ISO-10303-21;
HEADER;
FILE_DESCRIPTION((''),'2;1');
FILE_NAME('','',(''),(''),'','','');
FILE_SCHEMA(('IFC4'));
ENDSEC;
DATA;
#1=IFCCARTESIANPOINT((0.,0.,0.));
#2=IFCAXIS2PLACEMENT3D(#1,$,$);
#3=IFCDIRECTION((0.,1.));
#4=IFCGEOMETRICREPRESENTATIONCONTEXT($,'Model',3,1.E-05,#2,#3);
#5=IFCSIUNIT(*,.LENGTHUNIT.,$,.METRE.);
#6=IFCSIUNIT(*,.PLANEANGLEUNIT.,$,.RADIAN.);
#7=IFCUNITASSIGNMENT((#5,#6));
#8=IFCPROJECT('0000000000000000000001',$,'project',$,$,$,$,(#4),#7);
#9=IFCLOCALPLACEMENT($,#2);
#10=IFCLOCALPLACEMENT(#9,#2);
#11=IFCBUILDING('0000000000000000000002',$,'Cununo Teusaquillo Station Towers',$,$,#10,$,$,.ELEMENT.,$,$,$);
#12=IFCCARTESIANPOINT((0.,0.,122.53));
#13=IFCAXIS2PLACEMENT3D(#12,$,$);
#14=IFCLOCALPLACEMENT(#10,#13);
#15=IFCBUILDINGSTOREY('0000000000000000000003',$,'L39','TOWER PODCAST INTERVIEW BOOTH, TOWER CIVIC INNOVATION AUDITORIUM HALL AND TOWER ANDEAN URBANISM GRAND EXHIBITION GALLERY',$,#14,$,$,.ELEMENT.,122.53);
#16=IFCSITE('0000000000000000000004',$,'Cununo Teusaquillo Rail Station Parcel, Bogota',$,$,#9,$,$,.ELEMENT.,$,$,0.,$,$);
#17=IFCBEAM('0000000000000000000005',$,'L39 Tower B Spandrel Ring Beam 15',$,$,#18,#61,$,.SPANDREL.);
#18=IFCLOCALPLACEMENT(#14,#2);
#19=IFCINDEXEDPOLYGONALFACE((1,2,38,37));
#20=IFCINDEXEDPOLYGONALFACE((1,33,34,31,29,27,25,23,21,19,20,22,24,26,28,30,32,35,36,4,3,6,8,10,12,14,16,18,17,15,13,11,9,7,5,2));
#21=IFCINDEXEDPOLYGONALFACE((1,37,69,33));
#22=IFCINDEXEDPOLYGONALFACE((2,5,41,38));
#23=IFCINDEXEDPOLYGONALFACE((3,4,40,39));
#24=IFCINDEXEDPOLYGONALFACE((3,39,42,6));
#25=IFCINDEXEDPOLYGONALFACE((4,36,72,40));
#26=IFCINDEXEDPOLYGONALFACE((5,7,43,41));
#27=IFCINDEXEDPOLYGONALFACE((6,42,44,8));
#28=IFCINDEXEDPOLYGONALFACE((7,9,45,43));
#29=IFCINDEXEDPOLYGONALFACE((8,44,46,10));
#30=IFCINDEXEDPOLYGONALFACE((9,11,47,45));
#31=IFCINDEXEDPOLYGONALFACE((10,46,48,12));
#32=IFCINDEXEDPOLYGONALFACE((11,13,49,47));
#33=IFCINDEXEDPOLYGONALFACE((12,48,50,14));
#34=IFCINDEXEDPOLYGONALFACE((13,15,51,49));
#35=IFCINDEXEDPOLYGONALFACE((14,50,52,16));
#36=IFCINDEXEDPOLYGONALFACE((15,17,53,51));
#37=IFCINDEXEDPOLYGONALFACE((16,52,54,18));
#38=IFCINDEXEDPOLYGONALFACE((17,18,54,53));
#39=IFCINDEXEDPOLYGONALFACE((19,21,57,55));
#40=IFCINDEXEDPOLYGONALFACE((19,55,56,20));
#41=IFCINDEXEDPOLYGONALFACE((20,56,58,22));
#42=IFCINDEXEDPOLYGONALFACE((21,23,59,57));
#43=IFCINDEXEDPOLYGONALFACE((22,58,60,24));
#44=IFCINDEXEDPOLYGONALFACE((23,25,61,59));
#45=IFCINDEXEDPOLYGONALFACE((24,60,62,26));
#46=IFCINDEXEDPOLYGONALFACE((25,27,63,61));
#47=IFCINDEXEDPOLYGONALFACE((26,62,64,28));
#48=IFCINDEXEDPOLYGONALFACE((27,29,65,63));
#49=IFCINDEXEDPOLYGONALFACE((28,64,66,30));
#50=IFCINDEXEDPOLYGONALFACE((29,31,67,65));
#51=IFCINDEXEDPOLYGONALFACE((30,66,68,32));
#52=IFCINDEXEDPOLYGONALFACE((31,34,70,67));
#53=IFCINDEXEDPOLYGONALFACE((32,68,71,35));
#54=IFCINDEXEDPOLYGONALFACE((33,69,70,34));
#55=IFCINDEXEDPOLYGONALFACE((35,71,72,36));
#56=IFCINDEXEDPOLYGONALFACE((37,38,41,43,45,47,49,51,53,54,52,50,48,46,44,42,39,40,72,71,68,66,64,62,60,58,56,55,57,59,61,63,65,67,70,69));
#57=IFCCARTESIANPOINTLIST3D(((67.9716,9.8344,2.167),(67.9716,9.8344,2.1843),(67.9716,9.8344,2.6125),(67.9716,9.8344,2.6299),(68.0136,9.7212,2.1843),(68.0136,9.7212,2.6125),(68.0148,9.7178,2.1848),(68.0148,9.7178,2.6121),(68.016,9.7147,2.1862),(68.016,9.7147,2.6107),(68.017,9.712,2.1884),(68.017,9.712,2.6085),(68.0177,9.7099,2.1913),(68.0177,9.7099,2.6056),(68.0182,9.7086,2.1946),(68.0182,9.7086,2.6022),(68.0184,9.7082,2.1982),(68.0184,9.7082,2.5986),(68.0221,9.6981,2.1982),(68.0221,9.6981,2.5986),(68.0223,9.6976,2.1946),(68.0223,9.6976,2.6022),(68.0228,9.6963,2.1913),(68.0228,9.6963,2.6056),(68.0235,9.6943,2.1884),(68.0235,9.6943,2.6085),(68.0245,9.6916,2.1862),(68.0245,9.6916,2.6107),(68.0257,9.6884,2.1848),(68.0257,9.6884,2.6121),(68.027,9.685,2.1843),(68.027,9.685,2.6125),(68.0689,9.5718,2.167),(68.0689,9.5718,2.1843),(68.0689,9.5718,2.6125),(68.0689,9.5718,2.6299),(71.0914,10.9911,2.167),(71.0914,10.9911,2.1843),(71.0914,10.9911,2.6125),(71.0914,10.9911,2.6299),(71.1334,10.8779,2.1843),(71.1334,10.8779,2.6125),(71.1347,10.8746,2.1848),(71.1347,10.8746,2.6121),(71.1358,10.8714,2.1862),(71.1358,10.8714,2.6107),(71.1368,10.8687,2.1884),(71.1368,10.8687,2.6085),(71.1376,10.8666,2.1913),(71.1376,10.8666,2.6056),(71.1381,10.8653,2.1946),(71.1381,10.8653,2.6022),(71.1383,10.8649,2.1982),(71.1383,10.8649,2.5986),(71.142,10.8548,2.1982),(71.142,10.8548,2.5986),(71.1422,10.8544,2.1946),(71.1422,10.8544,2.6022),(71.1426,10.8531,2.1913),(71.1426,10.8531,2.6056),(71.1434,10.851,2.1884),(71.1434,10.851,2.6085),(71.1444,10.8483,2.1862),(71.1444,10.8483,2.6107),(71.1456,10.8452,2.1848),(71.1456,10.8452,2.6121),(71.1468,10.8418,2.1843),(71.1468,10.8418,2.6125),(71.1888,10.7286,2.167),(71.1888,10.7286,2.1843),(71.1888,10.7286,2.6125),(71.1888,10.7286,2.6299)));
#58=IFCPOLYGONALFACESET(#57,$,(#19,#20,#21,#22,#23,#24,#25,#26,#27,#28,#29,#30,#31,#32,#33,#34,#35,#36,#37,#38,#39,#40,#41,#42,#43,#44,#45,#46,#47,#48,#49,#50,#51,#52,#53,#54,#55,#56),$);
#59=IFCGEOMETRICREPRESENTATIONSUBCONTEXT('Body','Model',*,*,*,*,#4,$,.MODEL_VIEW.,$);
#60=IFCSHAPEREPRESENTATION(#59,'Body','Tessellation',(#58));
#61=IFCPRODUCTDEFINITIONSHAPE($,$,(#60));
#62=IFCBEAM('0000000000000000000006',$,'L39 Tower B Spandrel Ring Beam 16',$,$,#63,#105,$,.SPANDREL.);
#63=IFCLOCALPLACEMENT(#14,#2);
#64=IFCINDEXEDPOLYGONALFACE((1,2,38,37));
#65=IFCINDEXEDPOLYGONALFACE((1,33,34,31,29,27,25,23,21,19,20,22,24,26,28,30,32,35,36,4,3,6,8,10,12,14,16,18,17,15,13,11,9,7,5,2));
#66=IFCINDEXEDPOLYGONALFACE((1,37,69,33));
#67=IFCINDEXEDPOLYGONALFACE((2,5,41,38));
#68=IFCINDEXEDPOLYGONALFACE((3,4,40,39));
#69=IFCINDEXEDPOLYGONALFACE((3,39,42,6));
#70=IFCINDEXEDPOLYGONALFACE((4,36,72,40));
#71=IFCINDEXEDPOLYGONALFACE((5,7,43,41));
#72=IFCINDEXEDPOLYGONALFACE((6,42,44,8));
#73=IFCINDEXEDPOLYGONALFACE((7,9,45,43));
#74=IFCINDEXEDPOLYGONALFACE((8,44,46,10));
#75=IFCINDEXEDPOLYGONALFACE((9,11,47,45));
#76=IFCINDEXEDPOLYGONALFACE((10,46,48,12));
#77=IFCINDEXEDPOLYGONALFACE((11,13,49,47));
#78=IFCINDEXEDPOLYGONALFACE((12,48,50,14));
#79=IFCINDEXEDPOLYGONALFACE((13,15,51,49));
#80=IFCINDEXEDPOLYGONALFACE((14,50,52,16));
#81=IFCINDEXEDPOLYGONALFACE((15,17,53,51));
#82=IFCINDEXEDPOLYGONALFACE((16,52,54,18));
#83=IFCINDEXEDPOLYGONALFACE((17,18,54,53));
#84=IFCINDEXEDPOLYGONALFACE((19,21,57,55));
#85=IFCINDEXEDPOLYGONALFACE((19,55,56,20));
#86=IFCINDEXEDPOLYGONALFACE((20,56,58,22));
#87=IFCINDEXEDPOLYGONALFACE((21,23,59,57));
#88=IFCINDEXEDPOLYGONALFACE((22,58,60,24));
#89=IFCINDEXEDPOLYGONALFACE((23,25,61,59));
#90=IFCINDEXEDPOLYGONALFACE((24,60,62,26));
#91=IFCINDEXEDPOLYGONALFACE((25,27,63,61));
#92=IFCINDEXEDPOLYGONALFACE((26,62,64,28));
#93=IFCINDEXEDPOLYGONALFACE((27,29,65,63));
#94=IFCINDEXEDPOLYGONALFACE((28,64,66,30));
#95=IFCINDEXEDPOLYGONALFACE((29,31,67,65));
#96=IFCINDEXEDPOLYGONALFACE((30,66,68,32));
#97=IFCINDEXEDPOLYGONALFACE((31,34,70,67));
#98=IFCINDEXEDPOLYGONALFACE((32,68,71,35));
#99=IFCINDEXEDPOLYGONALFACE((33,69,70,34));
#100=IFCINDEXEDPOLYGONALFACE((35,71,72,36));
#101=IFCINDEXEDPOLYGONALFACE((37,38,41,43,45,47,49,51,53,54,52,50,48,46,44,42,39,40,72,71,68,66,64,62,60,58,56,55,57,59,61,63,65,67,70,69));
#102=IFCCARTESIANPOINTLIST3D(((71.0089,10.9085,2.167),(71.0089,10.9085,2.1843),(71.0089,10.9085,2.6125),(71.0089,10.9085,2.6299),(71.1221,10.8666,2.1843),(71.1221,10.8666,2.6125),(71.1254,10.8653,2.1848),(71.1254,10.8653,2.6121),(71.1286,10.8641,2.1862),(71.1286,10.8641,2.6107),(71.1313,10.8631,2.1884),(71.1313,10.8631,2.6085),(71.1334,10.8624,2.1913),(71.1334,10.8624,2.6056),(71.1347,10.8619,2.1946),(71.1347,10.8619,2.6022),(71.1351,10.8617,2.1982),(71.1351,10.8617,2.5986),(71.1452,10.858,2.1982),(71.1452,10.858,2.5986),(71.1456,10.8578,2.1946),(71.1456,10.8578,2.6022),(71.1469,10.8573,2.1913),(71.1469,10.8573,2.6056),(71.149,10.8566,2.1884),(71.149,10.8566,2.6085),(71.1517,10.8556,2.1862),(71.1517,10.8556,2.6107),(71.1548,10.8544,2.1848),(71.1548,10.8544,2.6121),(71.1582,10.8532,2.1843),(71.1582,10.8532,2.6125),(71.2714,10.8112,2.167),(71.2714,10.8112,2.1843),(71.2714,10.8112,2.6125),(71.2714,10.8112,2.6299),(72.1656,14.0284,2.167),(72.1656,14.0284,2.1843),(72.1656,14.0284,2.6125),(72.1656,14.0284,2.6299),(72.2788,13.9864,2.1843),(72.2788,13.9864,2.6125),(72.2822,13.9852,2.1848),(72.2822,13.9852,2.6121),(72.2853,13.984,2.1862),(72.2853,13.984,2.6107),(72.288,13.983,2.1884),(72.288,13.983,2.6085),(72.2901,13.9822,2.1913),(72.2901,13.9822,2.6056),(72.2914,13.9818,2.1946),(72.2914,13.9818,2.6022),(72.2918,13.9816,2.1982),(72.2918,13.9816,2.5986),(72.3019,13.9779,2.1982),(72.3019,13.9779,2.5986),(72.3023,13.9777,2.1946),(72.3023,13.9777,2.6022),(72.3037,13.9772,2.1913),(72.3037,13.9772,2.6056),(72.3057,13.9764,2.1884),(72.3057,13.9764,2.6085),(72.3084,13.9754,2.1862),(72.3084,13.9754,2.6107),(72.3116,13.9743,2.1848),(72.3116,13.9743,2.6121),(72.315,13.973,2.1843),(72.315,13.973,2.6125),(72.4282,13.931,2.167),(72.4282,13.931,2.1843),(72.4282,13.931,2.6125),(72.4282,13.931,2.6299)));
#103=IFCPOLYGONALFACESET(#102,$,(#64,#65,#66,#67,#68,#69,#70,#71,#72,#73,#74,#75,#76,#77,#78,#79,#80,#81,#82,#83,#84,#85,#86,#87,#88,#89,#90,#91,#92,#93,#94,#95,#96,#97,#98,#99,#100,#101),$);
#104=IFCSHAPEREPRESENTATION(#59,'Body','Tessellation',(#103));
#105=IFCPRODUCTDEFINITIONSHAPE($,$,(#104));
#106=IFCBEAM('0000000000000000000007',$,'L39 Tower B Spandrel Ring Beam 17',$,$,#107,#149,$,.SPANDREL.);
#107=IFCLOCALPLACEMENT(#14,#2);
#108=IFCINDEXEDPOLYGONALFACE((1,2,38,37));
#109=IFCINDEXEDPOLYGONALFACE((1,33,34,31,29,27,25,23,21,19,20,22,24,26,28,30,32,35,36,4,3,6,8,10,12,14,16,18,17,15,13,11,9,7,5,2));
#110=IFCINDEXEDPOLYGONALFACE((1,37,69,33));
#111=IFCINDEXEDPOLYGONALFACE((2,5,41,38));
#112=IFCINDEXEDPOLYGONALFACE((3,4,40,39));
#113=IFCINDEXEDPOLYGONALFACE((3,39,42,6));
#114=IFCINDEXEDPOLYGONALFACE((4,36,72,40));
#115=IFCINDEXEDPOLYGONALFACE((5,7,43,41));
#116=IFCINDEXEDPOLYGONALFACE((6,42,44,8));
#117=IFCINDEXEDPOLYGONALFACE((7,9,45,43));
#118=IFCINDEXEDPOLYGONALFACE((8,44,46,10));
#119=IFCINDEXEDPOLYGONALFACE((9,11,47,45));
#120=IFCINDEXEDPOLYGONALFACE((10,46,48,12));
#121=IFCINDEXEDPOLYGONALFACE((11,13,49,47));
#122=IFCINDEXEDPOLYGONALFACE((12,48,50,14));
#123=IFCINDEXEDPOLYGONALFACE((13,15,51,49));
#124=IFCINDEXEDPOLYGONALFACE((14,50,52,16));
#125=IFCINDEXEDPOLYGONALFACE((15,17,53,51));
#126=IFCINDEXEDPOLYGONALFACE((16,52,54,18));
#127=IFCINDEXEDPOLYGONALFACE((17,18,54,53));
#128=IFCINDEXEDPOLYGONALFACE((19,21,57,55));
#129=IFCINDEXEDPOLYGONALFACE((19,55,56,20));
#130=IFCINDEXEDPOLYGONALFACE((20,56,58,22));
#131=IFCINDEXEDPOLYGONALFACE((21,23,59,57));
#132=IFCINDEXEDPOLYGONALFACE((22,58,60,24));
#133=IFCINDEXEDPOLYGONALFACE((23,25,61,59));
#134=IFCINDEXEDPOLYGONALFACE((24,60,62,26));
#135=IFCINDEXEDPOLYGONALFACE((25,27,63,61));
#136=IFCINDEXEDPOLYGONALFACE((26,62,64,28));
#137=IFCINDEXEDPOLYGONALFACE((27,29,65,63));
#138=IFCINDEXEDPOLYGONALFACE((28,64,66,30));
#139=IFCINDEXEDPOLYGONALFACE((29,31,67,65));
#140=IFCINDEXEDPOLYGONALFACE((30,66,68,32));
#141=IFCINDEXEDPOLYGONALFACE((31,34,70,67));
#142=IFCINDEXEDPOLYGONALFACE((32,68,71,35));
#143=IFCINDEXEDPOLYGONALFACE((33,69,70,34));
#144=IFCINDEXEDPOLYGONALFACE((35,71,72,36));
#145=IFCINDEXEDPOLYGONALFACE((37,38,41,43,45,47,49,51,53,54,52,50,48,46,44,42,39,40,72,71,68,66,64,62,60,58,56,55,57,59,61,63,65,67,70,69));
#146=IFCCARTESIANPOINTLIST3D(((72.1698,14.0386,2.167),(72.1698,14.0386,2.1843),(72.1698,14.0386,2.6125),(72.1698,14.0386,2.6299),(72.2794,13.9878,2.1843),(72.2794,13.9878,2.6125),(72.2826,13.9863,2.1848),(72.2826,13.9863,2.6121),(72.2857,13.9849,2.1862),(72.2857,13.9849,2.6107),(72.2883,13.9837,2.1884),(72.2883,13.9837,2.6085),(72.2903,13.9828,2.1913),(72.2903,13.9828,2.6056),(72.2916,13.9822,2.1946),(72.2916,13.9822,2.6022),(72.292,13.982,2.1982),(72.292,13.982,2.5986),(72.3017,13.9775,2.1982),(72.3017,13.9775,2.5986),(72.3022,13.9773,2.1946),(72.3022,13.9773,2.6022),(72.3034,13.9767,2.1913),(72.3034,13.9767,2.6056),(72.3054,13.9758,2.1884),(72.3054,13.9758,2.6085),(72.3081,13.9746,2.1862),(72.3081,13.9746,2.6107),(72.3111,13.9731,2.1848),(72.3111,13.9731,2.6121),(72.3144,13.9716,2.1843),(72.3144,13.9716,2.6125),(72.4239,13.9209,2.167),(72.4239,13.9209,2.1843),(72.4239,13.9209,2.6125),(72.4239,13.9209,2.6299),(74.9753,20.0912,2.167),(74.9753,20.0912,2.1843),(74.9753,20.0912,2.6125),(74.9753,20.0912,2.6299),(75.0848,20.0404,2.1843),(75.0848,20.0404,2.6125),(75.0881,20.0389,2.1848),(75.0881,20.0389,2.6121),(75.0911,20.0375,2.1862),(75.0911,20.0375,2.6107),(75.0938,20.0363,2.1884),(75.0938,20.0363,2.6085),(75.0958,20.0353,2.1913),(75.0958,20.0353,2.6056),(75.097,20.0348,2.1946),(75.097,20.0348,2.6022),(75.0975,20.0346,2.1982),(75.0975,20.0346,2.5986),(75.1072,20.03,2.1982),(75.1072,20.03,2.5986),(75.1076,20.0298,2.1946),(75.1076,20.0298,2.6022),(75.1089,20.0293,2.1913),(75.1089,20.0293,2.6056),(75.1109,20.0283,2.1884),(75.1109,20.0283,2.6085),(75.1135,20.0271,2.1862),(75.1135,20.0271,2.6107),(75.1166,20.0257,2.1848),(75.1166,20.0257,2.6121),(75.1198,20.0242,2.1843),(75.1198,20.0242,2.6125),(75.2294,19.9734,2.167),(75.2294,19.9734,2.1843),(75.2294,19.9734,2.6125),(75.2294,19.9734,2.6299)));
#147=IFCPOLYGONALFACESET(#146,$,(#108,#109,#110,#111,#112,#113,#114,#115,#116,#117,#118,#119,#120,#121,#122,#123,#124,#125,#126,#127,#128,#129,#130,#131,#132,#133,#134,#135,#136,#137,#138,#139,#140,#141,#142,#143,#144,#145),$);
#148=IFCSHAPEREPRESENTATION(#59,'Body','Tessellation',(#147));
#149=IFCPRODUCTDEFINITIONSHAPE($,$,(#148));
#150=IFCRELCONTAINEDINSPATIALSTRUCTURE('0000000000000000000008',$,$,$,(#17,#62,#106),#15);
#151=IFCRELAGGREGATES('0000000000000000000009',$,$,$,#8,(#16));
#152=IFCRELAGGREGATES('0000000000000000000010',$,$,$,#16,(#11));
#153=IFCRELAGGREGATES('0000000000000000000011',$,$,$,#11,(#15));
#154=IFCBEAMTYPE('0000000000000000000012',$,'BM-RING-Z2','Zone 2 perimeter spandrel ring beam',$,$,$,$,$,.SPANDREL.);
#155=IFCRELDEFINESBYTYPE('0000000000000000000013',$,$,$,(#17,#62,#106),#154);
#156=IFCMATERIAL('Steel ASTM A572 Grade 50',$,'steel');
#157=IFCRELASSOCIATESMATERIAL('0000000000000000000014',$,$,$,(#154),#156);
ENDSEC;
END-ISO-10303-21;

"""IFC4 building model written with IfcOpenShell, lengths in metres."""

from ifc_helpers import new_model, si_unit, direction, frame, origin, origin_2d, place, context, subcontext, project, spatial, i_section, extrude, material, material_profile, profile_set, type_object, element, save


model = new_model("IFC4")

# Units and contexts
model_context = context("Model", 3, precision=1e-05, world=origin(), true_north=direction((0.0, 1.0)))
body_context = subcontext(model_context, "Body", "Model", "MODEL_VIEW")
ifc_project = project(units=[si_unit("LENGTHUNIT", "METRE"), si_unit("PLANEANGLEUNIT", "RADIAN")], contexts=[model_context])

# Site, building, storey
site_placement = place(None, origin())
site = spatial("IfcSite", under=ifc_project, at=site_placement, Name="Cununo Teusaquillo Rail Station Parcel, Bogota", CompositionType="ELEMENT", RefElevation=0.0)
building_placement = place(site_placement, origin())
building = spatial("IfcBuilding", under=site, at=building_placement, Name="Cununo Teusaquillo Station Towers", CompositionType="ELEMENT")
storey_placement = place(building_placement, frame((0.0, 0.0, 122.53)))
storey = spatial("IfcBuildingStorey", under=building, at=storey_placement, Name="L39", Description="TOWER PODCAST INTERVIEW BOOTH, TOWER CIVIC INNOVATION AUDITORIUM HALL AND TOWER ANDEAN URBANISM GRAND EXHIBITION GALLERY", CompositionType="ELEMENT", Elevation=122.53)

# Beams
ifc_material_1 = material(Name="Steel ASTM A572 Grade 50", Category="steel")
ifc_material_profile_1 = material_profile(ifc_material_1, i_section(OverallWidth=0.28, OverallDepth=0.4629, WebThickness=0.0107, FlangeThickness=0.0173, FilletRadius=0.0139, at=origin_2d()), Name="W18X76")
ifc_profile_set_1 = profile_set([ifc_material_profile_1], Name="Steel ASTM A572 Grade 50")
beam_type_1 = type_object("IfcBeamType", Name="BM-RING-Z2", Description="Zone 2 perimeter spandrel ring beam", PredefinedType="SPANDREL", material=ifc_profile_set_1)
for number, where, z_axis, x_axis, name in (
    (1, (68.0203, 9.7031, 2.3984), (0.937628, 0.347639, 0.0), (-0.347639, 0.937628, 0.0), "L39 Tower B Spandrel Ring Beam 15"),
    (2, (71.1401, 10.8599, 2.3984), (0.347639, 0.937628, 0.0), (-0.937628, 0.347639, 0.0), "L39 Tower B Spandrel Ring Beam 16"),
):
    element("IfcBeam", number, at=place(storey_placement, frame(where, z_axis=z_axis, x_axis=x_axis)), inside=storey, type_object=beam_type_1, Name=name, PredefinedType="SPANDREL", context=body_context, shape_type="SweptSolid", body=[
        extrude(i_section(OverallWidth=0.28, OverallDepth=0.4629, WebThickness=0.0107, FlangeThickness=0.0173, FilletRadius=0.0139, at=origin_2d()), origin(), (0.0, 0.0, 1.0), 3.3274),
    ])
beam_1_placement = place(storey_placement, frame((72.2969, 13.9797, 2.3984), z_axis=(0.420536, 0.907276, 0.0), x_axis=(-0.907276, 0.420536, 0.0)))
element("IfcBeam", 3, at=beam_1_placement, inside=storey, type_object=beam_type_1, Name="L39 Tower B Spandrel Ring Beam 17", PredefinedType="SPANDREL", context=body_context, shape_type="SweptSolid", body=[
    extrude(i_section(OverallWidth=0.28, OverallDepth=0.4629, WebThickness=0.0107, FlangeThickness=0.0173, FilletRadius=0.0139, at=origin_2d()), origin(), (0.0, 0.0, 1.0), 6.6711),
])

save(model, "model.ifc")
